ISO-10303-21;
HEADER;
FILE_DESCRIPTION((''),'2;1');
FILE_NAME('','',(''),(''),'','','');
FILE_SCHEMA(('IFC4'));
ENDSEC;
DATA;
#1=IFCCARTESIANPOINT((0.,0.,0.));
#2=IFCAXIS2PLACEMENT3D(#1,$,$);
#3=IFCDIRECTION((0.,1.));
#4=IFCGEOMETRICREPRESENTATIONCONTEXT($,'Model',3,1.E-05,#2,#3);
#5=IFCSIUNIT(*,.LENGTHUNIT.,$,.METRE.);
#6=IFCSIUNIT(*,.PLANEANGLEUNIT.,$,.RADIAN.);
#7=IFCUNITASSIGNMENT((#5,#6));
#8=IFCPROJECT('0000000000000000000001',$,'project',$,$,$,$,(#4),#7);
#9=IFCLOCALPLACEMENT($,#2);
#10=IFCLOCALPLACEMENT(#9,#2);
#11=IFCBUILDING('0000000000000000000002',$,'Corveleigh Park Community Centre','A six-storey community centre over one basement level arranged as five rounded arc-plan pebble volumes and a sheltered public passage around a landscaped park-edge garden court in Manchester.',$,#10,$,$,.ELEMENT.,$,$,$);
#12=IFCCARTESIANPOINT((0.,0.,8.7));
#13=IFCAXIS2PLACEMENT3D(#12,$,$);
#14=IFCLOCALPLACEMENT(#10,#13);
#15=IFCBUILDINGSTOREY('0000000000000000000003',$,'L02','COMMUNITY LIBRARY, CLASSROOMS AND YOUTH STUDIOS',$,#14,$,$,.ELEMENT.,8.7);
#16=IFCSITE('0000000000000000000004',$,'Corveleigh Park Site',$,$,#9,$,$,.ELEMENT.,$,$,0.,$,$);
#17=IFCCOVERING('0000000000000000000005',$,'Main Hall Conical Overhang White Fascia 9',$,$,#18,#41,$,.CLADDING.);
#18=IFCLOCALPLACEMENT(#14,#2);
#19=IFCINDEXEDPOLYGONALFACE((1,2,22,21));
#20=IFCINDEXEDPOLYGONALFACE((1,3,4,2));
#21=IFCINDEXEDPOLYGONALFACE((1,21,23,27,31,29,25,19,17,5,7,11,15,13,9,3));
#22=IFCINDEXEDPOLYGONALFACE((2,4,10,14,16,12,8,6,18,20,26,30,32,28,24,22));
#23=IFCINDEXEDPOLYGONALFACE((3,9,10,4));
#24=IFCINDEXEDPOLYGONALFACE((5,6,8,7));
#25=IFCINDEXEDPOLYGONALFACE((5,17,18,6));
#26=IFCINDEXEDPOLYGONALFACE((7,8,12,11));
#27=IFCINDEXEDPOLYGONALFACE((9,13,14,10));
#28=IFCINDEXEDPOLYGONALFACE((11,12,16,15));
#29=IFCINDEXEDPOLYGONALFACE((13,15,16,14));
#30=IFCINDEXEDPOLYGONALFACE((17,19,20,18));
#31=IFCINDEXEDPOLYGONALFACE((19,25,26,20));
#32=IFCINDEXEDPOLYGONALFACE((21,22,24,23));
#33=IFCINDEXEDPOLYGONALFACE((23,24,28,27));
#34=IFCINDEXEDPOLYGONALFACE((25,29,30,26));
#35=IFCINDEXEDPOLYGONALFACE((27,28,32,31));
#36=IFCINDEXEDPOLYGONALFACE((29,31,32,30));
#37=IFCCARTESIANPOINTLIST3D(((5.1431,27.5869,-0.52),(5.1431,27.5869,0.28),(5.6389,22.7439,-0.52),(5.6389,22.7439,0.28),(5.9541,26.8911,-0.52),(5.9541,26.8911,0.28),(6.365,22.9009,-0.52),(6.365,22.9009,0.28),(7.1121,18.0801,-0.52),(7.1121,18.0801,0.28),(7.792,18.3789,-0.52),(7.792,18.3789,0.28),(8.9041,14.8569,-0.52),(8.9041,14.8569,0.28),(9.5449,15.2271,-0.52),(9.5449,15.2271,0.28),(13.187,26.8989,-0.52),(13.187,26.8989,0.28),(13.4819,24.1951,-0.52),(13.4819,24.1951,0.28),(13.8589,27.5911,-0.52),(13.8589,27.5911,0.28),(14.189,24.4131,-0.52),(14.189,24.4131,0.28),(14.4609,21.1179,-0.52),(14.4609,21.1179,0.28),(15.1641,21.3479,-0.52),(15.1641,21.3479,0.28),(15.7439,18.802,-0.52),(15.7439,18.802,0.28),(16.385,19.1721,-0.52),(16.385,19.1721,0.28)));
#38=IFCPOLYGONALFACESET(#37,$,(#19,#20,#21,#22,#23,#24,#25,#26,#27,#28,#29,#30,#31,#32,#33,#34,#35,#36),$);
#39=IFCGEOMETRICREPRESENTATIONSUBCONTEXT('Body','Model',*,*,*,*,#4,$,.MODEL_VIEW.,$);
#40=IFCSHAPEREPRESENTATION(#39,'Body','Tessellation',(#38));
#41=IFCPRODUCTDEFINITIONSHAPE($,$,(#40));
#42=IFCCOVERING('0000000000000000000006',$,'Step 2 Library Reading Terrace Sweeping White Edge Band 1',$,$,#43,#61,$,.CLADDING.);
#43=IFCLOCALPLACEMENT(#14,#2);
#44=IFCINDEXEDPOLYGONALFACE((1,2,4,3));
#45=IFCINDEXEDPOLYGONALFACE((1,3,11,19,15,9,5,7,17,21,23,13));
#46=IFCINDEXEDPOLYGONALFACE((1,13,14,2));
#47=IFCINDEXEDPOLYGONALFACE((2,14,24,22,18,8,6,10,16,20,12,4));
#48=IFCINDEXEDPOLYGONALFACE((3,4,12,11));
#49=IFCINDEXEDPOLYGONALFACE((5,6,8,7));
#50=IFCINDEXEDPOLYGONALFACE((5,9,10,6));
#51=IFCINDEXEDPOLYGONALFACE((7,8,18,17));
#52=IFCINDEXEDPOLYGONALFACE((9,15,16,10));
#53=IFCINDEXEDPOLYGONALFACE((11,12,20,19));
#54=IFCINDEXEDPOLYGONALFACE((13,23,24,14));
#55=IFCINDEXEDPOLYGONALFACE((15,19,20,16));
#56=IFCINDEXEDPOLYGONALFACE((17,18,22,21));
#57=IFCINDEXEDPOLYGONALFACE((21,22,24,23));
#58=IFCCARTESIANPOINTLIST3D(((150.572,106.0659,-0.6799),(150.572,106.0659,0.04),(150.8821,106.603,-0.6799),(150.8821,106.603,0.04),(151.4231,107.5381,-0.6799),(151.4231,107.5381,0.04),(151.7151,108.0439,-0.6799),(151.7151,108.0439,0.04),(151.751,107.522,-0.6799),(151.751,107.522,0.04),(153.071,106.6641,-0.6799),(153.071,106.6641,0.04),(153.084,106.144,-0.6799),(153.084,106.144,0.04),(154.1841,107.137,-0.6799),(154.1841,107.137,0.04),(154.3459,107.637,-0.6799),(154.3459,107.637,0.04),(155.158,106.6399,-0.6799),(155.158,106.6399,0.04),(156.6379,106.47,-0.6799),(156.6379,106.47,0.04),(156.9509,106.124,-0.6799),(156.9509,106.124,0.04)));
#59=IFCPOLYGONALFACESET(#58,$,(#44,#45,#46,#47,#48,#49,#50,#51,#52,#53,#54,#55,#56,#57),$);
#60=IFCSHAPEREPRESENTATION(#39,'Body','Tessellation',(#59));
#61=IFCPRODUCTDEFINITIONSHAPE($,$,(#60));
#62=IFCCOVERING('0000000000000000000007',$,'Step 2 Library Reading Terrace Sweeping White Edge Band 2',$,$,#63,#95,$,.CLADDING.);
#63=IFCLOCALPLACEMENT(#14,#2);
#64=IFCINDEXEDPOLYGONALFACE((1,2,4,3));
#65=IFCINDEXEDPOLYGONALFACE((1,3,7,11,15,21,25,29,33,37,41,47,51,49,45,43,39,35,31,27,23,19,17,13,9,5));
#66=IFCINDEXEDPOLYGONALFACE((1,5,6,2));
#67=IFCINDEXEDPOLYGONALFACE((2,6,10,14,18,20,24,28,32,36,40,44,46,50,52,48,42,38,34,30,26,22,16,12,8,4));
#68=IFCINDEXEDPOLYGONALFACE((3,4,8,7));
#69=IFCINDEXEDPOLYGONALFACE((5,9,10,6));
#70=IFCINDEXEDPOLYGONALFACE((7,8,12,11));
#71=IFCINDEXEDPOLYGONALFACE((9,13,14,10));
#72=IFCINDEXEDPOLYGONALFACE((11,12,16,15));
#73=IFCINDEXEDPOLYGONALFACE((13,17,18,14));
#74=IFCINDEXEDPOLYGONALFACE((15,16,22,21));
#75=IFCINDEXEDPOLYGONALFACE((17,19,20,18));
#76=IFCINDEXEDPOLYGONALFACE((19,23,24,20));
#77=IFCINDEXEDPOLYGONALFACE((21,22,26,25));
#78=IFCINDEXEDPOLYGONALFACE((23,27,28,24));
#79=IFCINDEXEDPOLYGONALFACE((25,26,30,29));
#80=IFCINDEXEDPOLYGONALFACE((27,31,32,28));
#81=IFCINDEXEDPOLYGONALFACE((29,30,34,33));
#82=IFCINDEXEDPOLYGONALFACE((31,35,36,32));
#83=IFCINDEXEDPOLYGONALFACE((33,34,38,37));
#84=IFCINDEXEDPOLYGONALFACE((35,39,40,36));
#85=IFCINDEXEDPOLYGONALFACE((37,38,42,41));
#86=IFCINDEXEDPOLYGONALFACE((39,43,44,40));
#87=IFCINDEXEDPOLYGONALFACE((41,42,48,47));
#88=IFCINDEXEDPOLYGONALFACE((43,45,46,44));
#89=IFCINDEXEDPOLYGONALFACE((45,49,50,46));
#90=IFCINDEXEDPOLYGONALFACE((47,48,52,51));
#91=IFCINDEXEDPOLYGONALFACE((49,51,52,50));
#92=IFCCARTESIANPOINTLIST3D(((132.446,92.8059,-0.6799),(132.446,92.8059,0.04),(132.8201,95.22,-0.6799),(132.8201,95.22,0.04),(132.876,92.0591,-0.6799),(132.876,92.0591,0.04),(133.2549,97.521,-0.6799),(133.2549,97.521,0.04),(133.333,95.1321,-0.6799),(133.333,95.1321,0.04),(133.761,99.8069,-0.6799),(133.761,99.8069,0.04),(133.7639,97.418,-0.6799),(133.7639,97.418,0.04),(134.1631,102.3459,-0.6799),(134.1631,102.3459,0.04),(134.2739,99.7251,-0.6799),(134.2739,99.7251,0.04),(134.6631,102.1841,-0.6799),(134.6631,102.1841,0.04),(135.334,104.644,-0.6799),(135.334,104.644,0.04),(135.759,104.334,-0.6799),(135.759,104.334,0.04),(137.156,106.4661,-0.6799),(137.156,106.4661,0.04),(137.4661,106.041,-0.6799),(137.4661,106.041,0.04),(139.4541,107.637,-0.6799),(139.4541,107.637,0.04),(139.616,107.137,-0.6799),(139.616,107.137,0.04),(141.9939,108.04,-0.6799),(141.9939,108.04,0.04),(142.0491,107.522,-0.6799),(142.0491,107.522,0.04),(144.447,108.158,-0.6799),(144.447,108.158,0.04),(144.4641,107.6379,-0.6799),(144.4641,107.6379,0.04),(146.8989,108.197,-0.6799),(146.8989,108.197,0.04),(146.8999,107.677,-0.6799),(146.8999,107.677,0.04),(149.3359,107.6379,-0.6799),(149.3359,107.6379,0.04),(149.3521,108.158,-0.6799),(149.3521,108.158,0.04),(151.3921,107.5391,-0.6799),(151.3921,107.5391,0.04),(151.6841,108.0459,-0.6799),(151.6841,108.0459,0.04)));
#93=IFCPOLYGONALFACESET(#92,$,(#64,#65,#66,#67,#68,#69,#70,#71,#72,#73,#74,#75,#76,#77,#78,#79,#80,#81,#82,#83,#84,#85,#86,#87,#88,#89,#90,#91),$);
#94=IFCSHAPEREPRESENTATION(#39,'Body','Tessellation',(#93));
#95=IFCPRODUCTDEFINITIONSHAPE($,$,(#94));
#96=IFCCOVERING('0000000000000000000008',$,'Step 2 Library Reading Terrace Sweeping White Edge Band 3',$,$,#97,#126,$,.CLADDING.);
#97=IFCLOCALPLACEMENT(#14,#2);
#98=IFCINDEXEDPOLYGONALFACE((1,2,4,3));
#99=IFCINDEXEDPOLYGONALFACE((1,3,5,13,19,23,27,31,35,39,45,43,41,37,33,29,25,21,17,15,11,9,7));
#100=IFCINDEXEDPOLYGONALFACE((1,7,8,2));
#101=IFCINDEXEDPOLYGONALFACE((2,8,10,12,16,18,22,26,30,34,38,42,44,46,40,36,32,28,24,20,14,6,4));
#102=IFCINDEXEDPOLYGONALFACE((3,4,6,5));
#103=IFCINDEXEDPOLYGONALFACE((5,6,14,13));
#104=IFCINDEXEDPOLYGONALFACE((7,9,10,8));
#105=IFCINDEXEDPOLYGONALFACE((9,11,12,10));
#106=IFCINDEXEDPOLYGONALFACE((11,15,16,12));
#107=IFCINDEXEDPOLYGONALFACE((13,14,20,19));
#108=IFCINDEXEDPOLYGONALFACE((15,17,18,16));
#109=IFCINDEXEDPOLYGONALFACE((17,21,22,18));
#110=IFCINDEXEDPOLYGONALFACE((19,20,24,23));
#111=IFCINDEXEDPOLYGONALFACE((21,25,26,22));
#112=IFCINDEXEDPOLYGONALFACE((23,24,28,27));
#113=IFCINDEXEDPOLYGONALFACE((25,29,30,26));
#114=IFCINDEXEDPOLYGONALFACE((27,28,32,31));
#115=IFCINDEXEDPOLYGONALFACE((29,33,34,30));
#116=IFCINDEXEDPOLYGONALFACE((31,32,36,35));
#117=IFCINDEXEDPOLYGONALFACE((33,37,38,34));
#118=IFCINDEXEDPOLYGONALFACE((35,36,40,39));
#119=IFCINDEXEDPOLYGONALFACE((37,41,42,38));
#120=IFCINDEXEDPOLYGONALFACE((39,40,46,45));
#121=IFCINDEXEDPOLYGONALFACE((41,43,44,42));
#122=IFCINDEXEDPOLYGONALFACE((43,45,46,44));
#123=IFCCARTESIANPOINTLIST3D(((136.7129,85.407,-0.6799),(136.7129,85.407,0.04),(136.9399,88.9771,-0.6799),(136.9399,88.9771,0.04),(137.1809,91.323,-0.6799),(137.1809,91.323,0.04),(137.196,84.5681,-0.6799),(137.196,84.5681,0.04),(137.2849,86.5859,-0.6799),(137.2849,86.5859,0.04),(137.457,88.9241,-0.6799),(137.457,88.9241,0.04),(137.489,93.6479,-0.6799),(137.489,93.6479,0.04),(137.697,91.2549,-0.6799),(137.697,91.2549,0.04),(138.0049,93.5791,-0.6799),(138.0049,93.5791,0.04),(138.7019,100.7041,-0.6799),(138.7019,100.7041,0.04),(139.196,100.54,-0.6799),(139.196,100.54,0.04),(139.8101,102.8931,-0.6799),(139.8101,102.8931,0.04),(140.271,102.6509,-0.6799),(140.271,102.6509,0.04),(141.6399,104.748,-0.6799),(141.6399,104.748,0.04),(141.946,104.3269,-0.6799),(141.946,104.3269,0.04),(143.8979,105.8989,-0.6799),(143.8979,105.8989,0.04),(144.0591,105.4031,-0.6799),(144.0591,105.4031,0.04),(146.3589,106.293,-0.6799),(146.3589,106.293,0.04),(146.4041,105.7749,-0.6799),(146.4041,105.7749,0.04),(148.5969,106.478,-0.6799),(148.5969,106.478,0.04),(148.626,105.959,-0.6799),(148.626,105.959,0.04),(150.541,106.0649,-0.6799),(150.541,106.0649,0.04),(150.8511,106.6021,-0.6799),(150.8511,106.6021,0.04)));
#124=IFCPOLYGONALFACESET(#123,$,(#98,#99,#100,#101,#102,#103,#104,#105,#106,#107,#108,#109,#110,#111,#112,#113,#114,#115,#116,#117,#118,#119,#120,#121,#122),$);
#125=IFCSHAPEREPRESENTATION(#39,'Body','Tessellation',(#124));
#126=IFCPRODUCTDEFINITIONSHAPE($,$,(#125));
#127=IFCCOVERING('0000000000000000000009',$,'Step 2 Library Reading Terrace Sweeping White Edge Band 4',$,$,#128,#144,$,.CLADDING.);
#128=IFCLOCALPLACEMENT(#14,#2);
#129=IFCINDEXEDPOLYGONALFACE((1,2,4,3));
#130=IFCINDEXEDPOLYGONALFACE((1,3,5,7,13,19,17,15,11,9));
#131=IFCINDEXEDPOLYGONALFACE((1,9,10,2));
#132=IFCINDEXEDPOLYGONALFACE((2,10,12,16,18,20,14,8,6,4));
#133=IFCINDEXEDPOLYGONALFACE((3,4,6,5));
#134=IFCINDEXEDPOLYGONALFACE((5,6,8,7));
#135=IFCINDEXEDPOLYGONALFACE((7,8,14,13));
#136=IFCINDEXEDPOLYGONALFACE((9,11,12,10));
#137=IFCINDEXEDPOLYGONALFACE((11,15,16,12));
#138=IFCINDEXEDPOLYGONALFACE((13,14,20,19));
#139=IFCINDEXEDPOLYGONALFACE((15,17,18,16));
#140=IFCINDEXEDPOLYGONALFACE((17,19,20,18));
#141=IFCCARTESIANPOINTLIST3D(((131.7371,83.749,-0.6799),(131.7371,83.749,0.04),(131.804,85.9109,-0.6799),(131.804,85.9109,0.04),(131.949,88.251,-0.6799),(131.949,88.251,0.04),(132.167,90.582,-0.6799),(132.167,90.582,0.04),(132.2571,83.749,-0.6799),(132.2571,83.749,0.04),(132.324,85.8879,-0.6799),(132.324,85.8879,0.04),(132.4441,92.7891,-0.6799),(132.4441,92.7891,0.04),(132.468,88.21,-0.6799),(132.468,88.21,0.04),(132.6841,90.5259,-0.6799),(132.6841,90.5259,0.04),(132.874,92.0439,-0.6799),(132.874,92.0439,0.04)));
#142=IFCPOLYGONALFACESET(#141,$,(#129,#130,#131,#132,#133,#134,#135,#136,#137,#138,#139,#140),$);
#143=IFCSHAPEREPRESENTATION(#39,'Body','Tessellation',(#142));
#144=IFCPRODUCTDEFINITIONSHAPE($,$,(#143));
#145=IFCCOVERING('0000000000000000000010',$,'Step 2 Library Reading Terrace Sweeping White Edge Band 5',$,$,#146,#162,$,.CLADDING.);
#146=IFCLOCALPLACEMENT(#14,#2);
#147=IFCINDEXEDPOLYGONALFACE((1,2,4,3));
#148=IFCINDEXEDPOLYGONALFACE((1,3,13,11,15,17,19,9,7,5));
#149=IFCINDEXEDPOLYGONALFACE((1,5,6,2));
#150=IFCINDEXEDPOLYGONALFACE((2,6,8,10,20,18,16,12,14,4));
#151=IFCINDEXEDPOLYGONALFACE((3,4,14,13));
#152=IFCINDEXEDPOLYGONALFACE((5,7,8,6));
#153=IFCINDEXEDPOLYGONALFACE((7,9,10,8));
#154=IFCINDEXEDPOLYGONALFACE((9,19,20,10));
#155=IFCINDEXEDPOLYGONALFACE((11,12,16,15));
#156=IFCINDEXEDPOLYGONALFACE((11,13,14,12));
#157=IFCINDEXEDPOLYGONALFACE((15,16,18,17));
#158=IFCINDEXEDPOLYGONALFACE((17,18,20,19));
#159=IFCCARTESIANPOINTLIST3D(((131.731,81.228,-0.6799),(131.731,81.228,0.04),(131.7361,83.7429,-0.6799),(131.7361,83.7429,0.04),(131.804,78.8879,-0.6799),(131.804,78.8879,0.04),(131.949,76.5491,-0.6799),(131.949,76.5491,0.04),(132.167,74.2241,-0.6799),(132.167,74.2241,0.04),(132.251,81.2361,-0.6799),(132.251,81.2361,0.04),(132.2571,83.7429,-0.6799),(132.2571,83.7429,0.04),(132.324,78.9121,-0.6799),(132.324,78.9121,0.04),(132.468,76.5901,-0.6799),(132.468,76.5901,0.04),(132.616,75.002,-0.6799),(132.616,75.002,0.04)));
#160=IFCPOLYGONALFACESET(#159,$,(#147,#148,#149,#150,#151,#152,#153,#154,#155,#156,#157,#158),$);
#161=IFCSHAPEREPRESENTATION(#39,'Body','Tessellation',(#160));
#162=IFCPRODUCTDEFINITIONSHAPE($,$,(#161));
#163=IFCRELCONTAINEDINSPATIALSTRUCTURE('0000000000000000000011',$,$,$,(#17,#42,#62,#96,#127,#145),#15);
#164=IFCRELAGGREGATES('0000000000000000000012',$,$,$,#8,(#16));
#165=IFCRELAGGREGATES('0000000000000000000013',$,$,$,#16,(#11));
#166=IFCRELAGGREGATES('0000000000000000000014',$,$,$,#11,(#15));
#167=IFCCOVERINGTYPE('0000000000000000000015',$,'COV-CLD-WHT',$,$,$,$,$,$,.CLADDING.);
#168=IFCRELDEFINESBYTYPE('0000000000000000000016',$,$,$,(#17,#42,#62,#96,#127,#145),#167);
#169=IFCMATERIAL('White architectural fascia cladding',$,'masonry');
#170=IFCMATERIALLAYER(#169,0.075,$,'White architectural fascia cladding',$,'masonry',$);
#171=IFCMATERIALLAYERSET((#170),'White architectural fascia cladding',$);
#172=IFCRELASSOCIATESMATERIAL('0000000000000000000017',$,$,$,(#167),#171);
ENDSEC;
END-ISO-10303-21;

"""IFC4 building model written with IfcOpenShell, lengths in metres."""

from ifc_helpers import new_model, si_unit, direction, frame, origin, place, context, subcontext, project, spatial, polyline, outline, extrude, material, layer, layer_set, type_object, element, save


model = new_model("IFC4")

# Units and contexts
model_context = context("Model", 3, precision=1e-05, world=origin(), true_north=direction((0.0, 1.0)))
body_context = subcontext(model_context, "Body", "Model", "MODEL_VIEW")
ifc_project = project(units=[si_unit("LENGTHUNIT", "METRE"), si_unit("PLANEANGLEUNIT", "RADIAN")], contexts=[model_context])

# Site, building, storey
site_placement = place(None, origin())
site = spatial("IfcSite", under=ifc_project, at=site_placement, Name="Corveleigh Park Site", CompositionType="ELEMENT", RefElevation=0.0)
building_placement = place(site_placement, origin())
building = spatial("IfcBuilding", under=site, at=building_placement, Name="Corveleigh Park Community Centre", Description="A six-storey community centre over one basement level arranged as five rounded arc-plan pebble volumes and a sheltered public passage around a landscaped park-edge garden court in Manchester.", CompositionType="ELEMENT")
storey_placement = place(building_placement, frame((0.0, 0.0, 8.7)))
storey = spatial("IfcBuildingStorey", under=building, at=storey_placement, Name="L02", Description="COMMUNITY LIBRARY, CLASSROOMS AND YOUTH STUDIOS", CompositionType="ELEMENT", Elevation=8.7)

# Coverings
ifc_material = material(Name="White architectural fascia cladding", Category="masonry")
ifc_layer = layer(ifc_material, 0.075, Name="White architectural fascia cladding", Category="masonry")
ifc_layer_set = layer_set([ifc_layer], Name="White architectural fascia cladding")
covering_type = type_object("IfcCoveringType", Name="COV-CLD-WHT", PredefinedType="CLADDING", material=ifc_layer_set)
covering_1_placement = place(storey_placement, frame((0.0, 0.0, -0.52)))
element("IfcCovering", 1, at=covering_1_placement, inside=storey, type_object=covering_type, Name="Main Hall Conical Overhang White Fascia 9", PredefinedType="CLADDING", context=body_context, shape_type="SweptSolid", body=[
    extrude(outline(polyline([(7.1121, 18.0801), (5.6389, 22.7439), (5.1431, 27.5869), (13.8589, 27.5911), (14.189, 24.4131), (15.1641, 21.3479), (16.385, 19.1721), (15.7439, 18.802), (14.4609, 21.1179), (13.4819, 24.1951), (13.187, 26.8989), (5.9541, 26.8911), (6.365, 22.9009), (7.792, 18.3789), (9.5449, 15.2271), (8.9041, 14.8569), (7.1121, 18.0801)])), origin(), (0.0, 0.0, 1.0), 0.8),
])
covering_2_placement = place(storey_placement, frame((0.0, 0.0, -0.6799)))
element("IfcCovering", 2, at=covering_2_placement, inside=storey, type_object=covering_type, Name="Step 2 Library Reading Terrace Sweeping White Edge Band 1", PredefinedType="CLADDING", context=body_context, shape_type="SweptSolid", body=[
    extrude(outline(polyline([(151.7151, 108.0439), (154.3459, 107.637), (156.6379, 106.47), (156.9509, 106.124), (153.084, 106.144), (150.572, 106.0659), (150.8821, 106.603), (153.071, 106.6641), (155.158, 106.6399), (154.1841, 107.137), (151.751, 107.522), (151.4231, 107.5381), (151.7151, 108.0439)])), origin(), (0.0, 0.0, 1.0), 0.72),
])
covering_3_placement = place(storey_placement, frame((0.0, 0.0, -0.6799)))
element("IfcCovering", 3, at=covering_3_placement, inside=storey, type_object=covering_type, Name="Step 2 Library Reading Terrace Sweeping White Edge Band 2", PredefinedType="CLADDING", context=body_context, shape_type="SweptSolid", body=[
    extrude(outline(polyline([(132.446, 92.8059), (132.8201, 95.22), (133.2549, 97.521), (133.761, 99.8069), (134.1631, 102.3459), (135.334, 104.644), (137.156, 106.4661), (139.4541, 107.637), (141.9939, 108.04), (144.447, 108.158), (146.8989, 108.197), (149.3521, 108.158), (151.6841, 108.0459), (151.3921, 107.5391), (149.3359, 107.6379), (146.8999, 107.677), (144.4641, 107.6379), (142.0491, 107.522), (139.616, 107.137), (137.4661, 106.041), (135.759, 104.334), (134.6631, 102.1841), (134.2739, 99.7251), (133.7639, 97.418), (133.333, 95.1321), (132.876, 92.0591), (132.446, 92.8059)])), origin(), (0.0, 0.0, 1.0), 0.72),
])
covering_4_placement = place(storey_placement, frame((0.0, 0.0, -0.6799)))
element("IfcCovering", 4, at=covering_4_placement, inside=storey, type_object=covering_type, Name="Step 2 Library Reading Terrace Sweeping White Edge Band 3", PredefinedType="CLADDING", context=body_context, shape_type="SweptSolid", body=[
    extrude(outline(polyline([(148.626, 105.959), (146.4041, 105.7749), (144.0591, 105.4031), (141.946, 104.3269), (140.271, 102.6509), (139.196, 100.54), (138.0049, 93.5791), (137.697, 91.2549), (137.457, 88.9241), (137.2849, 86.5859), (137.196, 84.5681), (136.7129, 85.407), (136.9399, 88.9771), (137.1809, 91.323), (137.489, 93.6479), (138.7019, 100.7041), (139.8101, 102.8931), (141.6399, 104.748), (143.8979, 105.8989), (146.3589, 106.293), (148.5969, 106.478), (150.8511, 106.6021), (150.541, 106.0649), (148.626, 105.959)])), origin(), (0.0, 0.0, 1.0), 0.72),
])
covering_5_placement = place(storey_placement, frame((0.0, 0.0, -0.6799)))
element("IfcCovering", 5, at=covering_5_placement, inside=storey, type_object=covering_type, Name="Step 2 Library Reading Terrace Sweeping White Edge Band 4", PredefinedType="CLADDING", context=body_context, shape_type="SweptSolid", body=[
    extrude(outline(polyline([(131.804, 85.9109), (131.949, 88.251), (132.167, 90.582), (132.4441, 92.7891), (132.874, 92.0439), (132.6841, 90.5259), (132.468, 88.21), (132.324, 85.8879), (132.2571, 83.749), (131.7371, 83.749), (131.804, 85.9109)])), origin(), (0.0, 0.0, 1.0), 0.72),
])
covering_6_placement = place(storey_placement, frame((0.0, 0.0, -0.6799)))
element("IfcCovering", 6, at=covering_6_placement, inside=storey, type_object=covering_type, Name="Step 2 Library Reading Terrace Sweeping White Edge Band 5", PredefinedType="CLADDING", context=body_context, shape_type="SweptSolid", body=[
    extrude(outline(polyline([(131.949, 76.5491), (131.804, 78.8879), (131.731, 81.228), (131.7361, 83.7429), (132.2571, 83.7429), (132.251, 81.2361), (132.324, 78.9121), (132.468, 76.5901), (132.616, 75.002), (132.167, 74.2241), (131.949, 76.5491)])), origin(), (0.0, 0.0, 1.0), 0.72),
])

save(model, "model.ifc")
